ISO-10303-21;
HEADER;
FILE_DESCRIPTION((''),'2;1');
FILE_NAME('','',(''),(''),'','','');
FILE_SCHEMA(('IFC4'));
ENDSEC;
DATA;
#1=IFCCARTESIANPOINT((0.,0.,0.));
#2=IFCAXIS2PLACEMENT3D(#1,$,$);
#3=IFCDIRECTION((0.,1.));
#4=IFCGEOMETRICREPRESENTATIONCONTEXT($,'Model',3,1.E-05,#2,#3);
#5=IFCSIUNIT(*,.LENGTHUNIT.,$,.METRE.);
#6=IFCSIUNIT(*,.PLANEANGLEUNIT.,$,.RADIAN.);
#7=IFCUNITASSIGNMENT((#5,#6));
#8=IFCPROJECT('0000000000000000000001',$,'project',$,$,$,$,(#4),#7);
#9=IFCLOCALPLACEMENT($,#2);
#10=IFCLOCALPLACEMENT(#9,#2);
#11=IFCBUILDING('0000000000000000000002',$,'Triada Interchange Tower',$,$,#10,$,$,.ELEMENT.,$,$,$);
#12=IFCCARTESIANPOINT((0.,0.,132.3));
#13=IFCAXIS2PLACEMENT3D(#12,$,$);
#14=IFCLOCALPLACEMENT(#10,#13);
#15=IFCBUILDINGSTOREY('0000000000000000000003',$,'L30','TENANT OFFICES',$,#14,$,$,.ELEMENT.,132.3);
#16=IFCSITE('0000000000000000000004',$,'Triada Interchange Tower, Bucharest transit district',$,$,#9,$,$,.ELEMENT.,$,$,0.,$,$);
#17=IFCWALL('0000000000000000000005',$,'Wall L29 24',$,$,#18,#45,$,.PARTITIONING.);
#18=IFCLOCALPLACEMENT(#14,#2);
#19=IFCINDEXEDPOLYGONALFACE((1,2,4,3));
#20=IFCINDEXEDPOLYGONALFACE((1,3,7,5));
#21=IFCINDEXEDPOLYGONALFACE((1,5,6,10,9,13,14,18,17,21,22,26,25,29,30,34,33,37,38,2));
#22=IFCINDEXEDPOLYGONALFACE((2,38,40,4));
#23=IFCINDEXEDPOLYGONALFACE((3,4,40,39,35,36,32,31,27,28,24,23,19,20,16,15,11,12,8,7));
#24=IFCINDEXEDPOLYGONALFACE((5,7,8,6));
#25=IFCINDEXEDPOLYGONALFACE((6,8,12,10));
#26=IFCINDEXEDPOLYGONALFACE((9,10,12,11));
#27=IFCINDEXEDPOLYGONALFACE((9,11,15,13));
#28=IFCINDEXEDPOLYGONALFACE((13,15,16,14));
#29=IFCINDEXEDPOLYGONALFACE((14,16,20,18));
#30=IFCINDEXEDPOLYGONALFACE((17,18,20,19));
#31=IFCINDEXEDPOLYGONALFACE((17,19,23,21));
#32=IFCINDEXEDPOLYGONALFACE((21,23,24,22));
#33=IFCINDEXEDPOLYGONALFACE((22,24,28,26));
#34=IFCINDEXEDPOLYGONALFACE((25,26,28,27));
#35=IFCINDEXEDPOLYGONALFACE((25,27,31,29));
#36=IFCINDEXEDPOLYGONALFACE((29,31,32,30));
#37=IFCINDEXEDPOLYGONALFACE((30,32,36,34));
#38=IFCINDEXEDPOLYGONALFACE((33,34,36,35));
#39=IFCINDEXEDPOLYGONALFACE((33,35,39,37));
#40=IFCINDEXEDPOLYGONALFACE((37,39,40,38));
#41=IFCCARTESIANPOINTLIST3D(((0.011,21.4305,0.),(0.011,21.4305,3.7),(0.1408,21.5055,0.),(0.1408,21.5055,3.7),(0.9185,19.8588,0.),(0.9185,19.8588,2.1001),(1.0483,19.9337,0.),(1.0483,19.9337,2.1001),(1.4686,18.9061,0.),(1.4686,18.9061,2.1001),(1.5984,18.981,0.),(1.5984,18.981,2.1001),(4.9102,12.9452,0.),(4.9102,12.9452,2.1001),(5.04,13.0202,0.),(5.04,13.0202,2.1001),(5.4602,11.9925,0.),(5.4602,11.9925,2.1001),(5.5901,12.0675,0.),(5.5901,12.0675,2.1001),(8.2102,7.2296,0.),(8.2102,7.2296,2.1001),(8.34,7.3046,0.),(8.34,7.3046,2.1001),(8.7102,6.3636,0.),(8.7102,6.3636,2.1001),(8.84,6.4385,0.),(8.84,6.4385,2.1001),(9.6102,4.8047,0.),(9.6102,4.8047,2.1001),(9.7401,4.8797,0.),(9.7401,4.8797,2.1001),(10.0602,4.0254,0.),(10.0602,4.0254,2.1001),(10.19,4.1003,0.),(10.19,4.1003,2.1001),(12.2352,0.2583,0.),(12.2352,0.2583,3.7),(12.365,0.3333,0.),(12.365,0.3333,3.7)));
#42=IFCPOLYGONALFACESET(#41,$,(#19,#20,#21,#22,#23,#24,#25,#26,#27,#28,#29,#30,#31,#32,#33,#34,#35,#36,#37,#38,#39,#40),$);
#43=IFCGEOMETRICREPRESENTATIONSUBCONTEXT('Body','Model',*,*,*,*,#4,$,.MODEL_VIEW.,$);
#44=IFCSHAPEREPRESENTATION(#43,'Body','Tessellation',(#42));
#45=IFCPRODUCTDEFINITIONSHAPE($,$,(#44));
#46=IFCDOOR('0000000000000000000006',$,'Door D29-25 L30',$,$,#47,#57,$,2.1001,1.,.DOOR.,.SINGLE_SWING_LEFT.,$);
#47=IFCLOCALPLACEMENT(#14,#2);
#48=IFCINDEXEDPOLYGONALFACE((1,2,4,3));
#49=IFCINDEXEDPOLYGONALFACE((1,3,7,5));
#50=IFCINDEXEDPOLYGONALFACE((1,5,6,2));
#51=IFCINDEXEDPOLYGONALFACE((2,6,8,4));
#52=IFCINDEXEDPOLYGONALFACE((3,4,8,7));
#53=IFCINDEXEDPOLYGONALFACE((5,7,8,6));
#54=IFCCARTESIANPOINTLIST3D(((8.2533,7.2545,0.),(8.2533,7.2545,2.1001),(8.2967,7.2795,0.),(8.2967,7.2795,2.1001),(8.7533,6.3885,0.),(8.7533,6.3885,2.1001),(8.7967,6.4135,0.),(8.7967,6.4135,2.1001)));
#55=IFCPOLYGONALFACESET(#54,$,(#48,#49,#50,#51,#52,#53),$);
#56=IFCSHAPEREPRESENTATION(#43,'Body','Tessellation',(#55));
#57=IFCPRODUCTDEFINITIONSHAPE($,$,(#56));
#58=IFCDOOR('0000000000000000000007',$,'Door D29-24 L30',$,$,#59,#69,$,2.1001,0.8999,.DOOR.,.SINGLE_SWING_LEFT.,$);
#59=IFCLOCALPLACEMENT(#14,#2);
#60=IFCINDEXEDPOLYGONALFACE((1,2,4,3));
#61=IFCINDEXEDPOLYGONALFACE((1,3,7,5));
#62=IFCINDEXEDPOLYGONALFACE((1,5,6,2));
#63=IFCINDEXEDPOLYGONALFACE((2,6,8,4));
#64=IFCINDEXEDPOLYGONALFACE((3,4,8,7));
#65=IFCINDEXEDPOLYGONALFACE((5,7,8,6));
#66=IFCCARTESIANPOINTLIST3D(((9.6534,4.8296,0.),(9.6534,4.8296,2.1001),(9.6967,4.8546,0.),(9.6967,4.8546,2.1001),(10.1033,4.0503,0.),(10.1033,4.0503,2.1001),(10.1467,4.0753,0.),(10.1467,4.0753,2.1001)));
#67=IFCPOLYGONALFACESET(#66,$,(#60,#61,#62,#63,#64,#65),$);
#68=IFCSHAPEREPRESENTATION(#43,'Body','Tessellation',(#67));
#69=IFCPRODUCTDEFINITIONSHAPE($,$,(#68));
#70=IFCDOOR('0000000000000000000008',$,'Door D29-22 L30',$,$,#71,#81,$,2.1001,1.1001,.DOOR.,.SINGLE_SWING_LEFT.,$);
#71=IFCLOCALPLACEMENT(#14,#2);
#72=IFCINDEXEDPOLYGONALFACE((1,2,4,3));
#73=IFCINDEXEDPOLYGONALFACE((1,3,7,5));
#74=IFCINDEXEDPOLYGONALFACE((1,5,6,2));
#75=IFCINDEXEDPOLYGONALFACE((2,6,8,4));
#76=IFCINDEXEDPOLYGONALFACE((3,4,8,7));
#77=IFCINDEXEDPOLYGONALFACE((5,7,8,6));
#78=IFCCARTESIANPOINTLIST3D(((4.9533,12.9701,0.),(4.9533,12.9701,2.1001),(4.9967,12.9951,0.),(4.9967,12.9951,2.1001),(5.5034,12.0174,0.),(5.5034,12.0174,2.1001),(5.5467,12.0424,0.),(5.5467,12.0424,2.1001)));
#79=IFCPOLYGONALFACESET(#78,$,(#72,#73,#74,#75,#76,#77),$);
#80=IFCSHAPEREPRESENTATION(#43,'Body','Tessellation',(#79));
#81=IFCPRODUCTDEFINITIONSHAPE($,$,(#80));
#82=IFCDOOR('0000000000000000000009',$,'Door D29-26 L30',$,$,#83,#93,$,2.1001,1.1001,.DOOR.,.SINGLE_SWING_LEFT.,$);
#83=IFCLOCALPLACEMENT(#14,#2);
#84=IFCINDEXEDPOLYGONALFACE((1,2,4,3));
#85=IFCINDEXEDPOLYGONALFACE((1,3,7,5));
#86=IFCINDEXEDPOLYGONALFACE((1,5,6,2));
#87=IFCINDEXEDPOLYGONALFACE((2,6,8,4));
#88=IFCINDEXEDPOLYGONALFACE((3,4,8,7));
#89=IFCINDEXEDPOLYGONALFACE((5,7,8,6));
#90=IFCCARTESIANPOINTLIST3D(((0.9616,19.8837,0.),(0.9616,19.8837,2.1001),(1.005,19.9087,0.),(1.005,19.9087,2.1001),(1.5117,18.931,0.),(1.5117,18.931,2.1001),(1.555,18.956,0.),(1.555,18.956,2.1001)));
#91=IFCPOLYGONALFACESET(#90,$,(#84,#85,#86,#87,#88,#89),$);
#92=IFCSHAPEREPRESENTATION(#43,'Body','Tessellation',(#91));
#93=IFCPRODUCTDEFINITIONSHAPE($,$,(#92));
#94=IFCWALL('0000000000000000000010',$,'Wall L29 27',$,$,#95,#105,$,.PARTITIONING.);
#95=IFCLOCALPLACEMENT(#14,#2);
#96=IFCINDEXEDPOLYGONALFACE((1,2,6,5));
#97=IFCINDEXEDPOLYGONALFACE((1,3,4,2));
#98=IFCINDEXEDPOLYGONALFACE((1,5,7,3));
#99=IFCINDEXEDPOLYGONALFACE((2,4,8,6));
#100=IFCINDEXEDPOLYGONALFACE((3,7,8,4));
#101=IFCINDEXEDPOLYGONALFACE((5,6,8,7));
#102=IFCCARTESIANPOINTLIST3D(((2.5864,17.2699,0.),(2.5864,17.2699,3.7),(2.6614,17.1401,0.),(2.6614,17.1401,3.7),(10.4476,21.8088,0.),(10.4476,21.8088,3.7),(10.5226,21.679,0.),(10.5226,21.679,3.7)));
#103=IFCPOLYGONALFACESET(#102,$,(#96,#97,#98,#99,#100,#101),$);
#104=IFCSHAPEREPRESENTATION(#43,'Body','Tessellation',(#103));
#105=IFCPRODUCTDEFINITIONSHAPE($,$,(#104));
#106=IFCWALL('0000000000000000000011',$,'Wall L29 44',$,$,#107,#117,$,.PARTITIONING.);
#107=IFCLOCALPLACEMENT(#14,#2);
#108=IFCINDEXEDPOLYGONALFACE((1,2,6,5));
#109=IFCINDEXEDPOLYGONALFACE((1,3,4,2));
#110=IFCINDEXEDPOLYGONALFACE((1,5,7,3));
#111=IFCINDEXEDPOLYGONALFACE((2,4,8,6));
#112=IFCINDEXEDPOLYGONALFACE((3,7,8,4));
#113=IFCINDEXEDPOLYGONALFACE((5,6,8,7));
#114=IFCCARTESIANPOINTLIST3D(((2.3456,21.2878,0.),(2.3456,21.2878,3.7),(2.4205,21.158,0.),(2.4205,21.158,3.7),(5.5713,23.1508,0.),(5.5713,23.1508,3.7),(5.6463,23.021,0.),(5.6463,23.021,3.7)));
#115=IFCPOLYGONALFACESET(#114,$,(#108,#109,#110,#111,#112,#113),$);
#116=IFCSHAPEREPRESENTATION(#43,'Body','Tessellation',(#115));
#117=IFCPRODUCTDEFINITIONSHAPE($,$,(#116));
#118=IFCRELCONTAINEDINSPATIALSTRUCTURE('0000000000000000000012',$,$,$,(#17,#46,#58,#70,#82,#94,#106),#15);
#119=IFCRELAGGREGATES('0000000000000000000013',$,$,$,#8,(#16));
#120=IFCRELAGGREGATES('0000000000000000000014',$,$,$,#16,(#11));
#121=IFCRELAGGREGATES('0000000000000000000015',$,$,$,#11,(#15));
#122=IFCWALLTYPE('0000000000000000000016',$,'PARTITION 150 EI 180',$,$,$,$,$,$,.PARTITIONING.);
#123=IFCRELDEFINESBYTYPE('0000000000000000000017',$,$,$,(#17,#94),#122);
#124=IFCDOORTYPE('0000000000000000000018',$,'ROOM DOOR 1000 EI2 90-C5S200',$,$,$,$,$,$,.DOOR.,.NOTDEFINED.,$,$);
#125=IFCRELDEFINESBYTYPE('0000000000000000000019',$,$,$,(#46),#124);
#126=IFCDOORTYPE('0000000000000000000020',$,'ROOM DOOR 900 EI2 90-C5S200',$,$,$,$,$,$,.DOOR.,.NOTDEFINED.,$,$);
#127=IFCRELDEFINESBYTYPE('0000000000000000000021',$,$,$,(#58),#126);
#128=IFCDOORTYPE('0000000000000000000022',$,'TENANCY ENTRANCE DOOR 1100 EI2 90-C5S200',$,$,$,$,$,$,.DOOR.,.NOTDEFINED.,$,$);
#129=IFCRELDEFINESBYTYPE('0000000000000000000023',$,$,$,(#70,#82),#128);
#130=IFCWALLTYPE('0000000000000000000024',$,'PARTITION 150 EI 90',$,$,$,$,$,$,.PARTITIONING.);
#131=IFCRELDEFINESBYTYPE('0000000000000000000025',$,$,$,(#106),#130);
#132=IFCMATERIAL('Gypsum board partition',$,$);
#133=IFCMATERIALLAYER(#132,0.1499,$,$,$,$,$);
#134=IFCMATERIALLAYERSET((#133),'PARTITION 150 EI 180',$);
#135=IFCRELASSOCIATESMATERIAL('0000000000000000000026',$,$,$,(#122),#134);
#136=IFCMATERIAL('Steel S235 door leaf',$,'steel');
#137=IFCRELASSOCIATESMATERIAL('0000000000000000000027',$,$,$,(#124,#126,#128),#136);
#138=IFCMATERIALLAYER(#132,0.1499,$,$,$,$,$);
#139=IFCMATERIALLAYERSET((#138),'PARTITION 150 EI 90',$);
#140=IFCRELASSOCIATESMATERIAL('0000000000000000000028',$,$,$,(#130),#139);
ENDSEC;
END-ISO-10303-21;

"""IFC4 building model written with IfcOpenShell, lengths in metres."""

from ifc_helpers import new_model, si_unit, direction, frame, frame_2d, origin, place, context, subcontext, project, spatial, rectangle, extrude, material, layer, layer_set, type_object, element, fill, save


model = new_model("IFC4")

# Units and contexts
model_context = context("Model", 3, precision=1e-05, world=origin(), true_north=direction((0.0, 1.0)))
body_context = subcontext(model_context, "Body", "Model", "MODEL_VIEW")
ifc_project = project(units=[si_unit("LENGTHUNIT", "METRE"), si_unit("PLANEANGLEUNIT", "RADIAN")], contexts=[model_context])

# Site, building, storey
site_placement = place(None, origin())
site = spatial("IfcSite", under=ifc_project, at=site_placement, Name="Triada Interchange Tower, Bucharest transit district", CompositionType="ELEMENT", RefElevation=0.0)
building_placement = place(site_placement, origin())
building = spatial("IfcBuilding", under=site, at=building_placement, Name="Triada Interchange Tower", CompositionType="ELEMENT")
storey_placement = place(building_placement, frame((0.0, 0.0, 132.3)))
storey = spatial("IfcBuildingStorey", under=building, at=storey_placement, Name="L30", Description="TENANT OFFICES", CompositionType="ELEMENT", Elevation=132.3)

# Shared definitions
ifc_material_1 = material(Name="Steel S235 door leaf", Category="steel")

# Shared definitions
ifc_material_2 = material(Name="Gypsum board partition")
ifc_layer_1 = layer(ifc_material_2, 0.1499)
ifc_layer_set_1 = layer_set([ifc_layer_1], Name="PARTITION 150 EI 180")
wall_type_1 = type_object("IfcWallType", Name="PARTITION 150 EI 180", PredefinedType="PARTITIONING", material=ifc_layer_set_1)

# Wall, openings, doors
wall_1_placement = place(storey_placement, frame((0.0759, 21.468, 0.0), z_axis=(0.0, 0.0, 1.0), x_axis=(0.500012, -0.866018, 0.0)))
wall_1 = element("IfcWall", 1, at=wall_1_placement, inside=storey, type_object=wall_type_1, Name="Wall L29 24", PredefinedType="PARTITIONING", context=body_context, shape_type="SweptSolid", body=[
    extrude(rectangle(XDim=24.4478, YDim=0.1499, at=frame_2d((12.2239, 0.0))), origin(), (0.0, 0.0, 1.0), 3.7),
])
opening_1_placement = place(wall_1_placement, frame((9.7981, 0.0, 0.0)))
opening_1 = element("IfcOpeningElement", 2, at=opening_1_placement, cuts=wall_1, PredefinedType="OPENING", context=body_context, shape_type="SweptSolid", body=[
    extrude(rectangle(XDim=1.1001, YDim=2.1001, at=frame_2d((0.55, 1.05))), frame((0.0, 0.085, 0.0), z_axis=(0.0, -1.0, 0.0), x_axis=(1.0, 0.0, 0.0)), (0.0, 0.0, 1.0), 0.1699),
])
opening_2_placement = place(wall_1_placement, frame((19.198, 0.0, 0.0)))
opening_2 = element("IfcOpeningElement", 3, at=opening_2_placement, cuts=wall_1, PredefinedType="OPENING", context=body_context, shape_type="SweptSolid", body=[
    extrude(rectangle(XDim=0.8999, YDim=2.1001, at=frame_2d((0.45, 1.05))), frame((0.0, 0.085, 0.0), z_axis=(0.0, -1.0, 0.0), x_axis=(1.0, 0.0, 0.0)), (0.0, 0.0, 1.0), 0.1699),
])
opening_3_placement = place(wall_1_placement, frame((16.3979, 0.0, 0.0)))
opening_3 = element("IfcOpeningElement", 4, at=opening_3_placement, cuts=wall_1, PredefinedType="OPENING", context=body_context, shape_type="SweptSolid", body=[
    extrude(rectangle(XDim=1.0, YDim=2.1001, at=frame_2d((0.5, 1.05))), frame((0.0, 0.085, 0.0), z_axis=(0.0, -1.0, 0.0), x_axis=(1.0, 0.0, 0.0)), (0.0, 0.0, 1.0), 0.1699),
])
opening_4_placement = place(wall_1_placement, frame((1.8149, 0.0, 0.0)))
opening_4 = element("IfcOpeningElement", 5, at=opening_4_placement, cuts=wall_1, PredefinedType="OPENING", context=body_context, shape_type="SweptSolid", body=[
    extrude(rectangle(XDim=1.1001, YDim=2.1001, at=frame_2d((0.55, 1.05))), frame((0.0, 0.085, 0.0), z_axis=(0.0, -1.0, 0.0), x_axis=(1.0, 0.0, 0.0)), (0.0, 0.0, 1.0), 0.1699),
])
door_type_1 = type_object("IfcDoorType", Name="ROOM DOOR 1000 EI2 90-C5S200", OperationType="NOTDEFINED", PredefinedType="DOOR", material=ifc_material_1)
door_1_placement = place(opening_3_placement, origin())
door_1 = element("IfcDoor", 6, at=door_1_placement, inside=storey, type_object=door_type_1, Name="Door D29-25 L30", OperationType="SINGLE_SWING_LEFT", OverallHeight=2.1001, OverallWidth=1.0, PredefinedType="DOOR", context=body_context, shape_type="SweptSolid", body=[
    extrude(rectangle(XDim=1.0, YDim=2.1001, at=frame_2d((0.5, 1.05))), frame((0.0, 0.0249, 0.0), z_axis=(0.0, -1.0, 0.0), x_axis=(1.0, 0.0, 0.0)), (0.0, 0.0, 1.0), 0.05),
])
fill(opening_3, door_1)
door_type_2 = type_object("IfcDoorType", Name="ROOM DOOR 900 EI2 90-C5S200", OperationType="NOTDEFINED", PredefinedType="DOOR", material=ifc_material_1)
door_2_placement = place(opening_2_placement, origin())
door_2 = element("IfcDoor", 7, at=door_2_placement, inside=storey, type_object=door_type_2, Name="Door D29-24 L30", OperationType="SINGLE_SWING_LEFT", OverallHeight=2.1001, OverallWidth=0.8999, PredefinedType="DOOR", context=body_context, shape_type="SweptSolid", body=[
    extrude(rectangle(XDim=0.8999, YDim=2.1001, at=frame_2d((0.45, 1.05))), frame((0.0, 0.0249, 0.0), z_axis=(0.0, -1.0, 0.0), x_axis=(1.0, 0.0, 0.0)), (0.0, 0.0, 1.0), 0.05),
])
fill(opening_2, door_2)
door_type_3 = type_object("IfcDoorType", Name="TENANCY ENTRANCE DOOR 1100 EI2 90-C5S200", OperationType="NOTDEFINED", PredefinedType="DOOR", material=ifc_material_1)
door_3_placement = place(opening_1_placement, origin())
door_3 = element("IfcDoor", 8, at=door_3_placement, inside=storey, type_object=door_type_3, Name="Door D29-22 L30", OperationType="SINGLE_SWING_LEFT", OverallHeight=2.1001, OverallWidth=1.1001, PredefinedType="DOOR", context=body_context, shape_type="SweptSolid", body=[
    extrude(rectangle(XDim=1.1001, YDim=2.1001, at=frame_2d((0.55, 1.05))), frame((0.0, 0.0249, 0.0), z_axis=(0.0, -1.0, 0.0), x_axis=(1.0, 0.0, 0.0)), (0.0, 0.0, 1.0), 0.05),
])
fill(opening_1, door_3)
door_4_placement = place(opening_4_placement, origin())
door_4 = element("IfcDoor", 9, at=door_4_placement, inside=storey, type_object=door_type_3, Name="Door D29-26 L30", OperationType="SINGLE_SWING_LEFT", OverallHeight=2.1001, OverallWidth=1.1001, PredefinedType="DOOR", context=body_context, shape_type="SweptSolid", body=[
    extrude(rectangle(XDim=1.1001, YDim=2.1001, at=frame_2d((0.55, 1.05))), frame((0.0, 0.0249, 0.0), z_axis=(0.0, -1.0, 0.0), x_axis=(1.0, 0.0, 0.0)), (0.0, 0.0, 1.0), 0.05),
])
fill(opening_4, door_4)

# Walls
wall_2_placement = place(storey_placement, frame((2.624, 17.2051, 0.0), z_axis=(0.0, 0.0, 1.0), x_axis=(0.866015, 0.500018, 0.0)))
element("IfcWall", 10, at=wall_2_placement, inside=storey, type_object=wall_type_1, Name="Wall L29 27", PredefinedType="PARTITIONING", context=body_context, shape_type="SweptSolid", body=[
    extrude(rectangle(XDim=9.0774, YDim=0.1499, at=frame_2d((4.5386, 0.0))), origin(), (0.0, 0.0, 1.0), 3.7),
])
ifc_layer_2 = layer(ifc_material_2, 0.1499)
ifc_layer_set_2 = layer_set([ifc_layer_2], Name="PARTITION 150 EI 90")
wall_type_2 = type_object("IfcWallType", Name="PARTITION 150 EI 90", PredefinedType="PARTITIONING", material=ifc_layer_set_2)
wall_3_placement = place(storey_placement, frame((2.3831, 21.2229, 0.0), z_axis=(0.0, 0.0, 1.0), x_axis=(0.865955, 0.500121, 0.0)))
element("IfcWall", 11, at=wall_3_placement, inside=storey, type_object=wall_type_2, Name="Wall L29 44", PredefinedType="PARTITIONING", context=body_context, shape_type="SweptSolid", body=[
    extrude(rectangle(XDim=3.7251, YDim=0.1499, at=frame_2d((1.8625, 0.0))), origin(), (0.0, 0.0, 1.0), 3.7),
])

save(model, "model.ifc")
